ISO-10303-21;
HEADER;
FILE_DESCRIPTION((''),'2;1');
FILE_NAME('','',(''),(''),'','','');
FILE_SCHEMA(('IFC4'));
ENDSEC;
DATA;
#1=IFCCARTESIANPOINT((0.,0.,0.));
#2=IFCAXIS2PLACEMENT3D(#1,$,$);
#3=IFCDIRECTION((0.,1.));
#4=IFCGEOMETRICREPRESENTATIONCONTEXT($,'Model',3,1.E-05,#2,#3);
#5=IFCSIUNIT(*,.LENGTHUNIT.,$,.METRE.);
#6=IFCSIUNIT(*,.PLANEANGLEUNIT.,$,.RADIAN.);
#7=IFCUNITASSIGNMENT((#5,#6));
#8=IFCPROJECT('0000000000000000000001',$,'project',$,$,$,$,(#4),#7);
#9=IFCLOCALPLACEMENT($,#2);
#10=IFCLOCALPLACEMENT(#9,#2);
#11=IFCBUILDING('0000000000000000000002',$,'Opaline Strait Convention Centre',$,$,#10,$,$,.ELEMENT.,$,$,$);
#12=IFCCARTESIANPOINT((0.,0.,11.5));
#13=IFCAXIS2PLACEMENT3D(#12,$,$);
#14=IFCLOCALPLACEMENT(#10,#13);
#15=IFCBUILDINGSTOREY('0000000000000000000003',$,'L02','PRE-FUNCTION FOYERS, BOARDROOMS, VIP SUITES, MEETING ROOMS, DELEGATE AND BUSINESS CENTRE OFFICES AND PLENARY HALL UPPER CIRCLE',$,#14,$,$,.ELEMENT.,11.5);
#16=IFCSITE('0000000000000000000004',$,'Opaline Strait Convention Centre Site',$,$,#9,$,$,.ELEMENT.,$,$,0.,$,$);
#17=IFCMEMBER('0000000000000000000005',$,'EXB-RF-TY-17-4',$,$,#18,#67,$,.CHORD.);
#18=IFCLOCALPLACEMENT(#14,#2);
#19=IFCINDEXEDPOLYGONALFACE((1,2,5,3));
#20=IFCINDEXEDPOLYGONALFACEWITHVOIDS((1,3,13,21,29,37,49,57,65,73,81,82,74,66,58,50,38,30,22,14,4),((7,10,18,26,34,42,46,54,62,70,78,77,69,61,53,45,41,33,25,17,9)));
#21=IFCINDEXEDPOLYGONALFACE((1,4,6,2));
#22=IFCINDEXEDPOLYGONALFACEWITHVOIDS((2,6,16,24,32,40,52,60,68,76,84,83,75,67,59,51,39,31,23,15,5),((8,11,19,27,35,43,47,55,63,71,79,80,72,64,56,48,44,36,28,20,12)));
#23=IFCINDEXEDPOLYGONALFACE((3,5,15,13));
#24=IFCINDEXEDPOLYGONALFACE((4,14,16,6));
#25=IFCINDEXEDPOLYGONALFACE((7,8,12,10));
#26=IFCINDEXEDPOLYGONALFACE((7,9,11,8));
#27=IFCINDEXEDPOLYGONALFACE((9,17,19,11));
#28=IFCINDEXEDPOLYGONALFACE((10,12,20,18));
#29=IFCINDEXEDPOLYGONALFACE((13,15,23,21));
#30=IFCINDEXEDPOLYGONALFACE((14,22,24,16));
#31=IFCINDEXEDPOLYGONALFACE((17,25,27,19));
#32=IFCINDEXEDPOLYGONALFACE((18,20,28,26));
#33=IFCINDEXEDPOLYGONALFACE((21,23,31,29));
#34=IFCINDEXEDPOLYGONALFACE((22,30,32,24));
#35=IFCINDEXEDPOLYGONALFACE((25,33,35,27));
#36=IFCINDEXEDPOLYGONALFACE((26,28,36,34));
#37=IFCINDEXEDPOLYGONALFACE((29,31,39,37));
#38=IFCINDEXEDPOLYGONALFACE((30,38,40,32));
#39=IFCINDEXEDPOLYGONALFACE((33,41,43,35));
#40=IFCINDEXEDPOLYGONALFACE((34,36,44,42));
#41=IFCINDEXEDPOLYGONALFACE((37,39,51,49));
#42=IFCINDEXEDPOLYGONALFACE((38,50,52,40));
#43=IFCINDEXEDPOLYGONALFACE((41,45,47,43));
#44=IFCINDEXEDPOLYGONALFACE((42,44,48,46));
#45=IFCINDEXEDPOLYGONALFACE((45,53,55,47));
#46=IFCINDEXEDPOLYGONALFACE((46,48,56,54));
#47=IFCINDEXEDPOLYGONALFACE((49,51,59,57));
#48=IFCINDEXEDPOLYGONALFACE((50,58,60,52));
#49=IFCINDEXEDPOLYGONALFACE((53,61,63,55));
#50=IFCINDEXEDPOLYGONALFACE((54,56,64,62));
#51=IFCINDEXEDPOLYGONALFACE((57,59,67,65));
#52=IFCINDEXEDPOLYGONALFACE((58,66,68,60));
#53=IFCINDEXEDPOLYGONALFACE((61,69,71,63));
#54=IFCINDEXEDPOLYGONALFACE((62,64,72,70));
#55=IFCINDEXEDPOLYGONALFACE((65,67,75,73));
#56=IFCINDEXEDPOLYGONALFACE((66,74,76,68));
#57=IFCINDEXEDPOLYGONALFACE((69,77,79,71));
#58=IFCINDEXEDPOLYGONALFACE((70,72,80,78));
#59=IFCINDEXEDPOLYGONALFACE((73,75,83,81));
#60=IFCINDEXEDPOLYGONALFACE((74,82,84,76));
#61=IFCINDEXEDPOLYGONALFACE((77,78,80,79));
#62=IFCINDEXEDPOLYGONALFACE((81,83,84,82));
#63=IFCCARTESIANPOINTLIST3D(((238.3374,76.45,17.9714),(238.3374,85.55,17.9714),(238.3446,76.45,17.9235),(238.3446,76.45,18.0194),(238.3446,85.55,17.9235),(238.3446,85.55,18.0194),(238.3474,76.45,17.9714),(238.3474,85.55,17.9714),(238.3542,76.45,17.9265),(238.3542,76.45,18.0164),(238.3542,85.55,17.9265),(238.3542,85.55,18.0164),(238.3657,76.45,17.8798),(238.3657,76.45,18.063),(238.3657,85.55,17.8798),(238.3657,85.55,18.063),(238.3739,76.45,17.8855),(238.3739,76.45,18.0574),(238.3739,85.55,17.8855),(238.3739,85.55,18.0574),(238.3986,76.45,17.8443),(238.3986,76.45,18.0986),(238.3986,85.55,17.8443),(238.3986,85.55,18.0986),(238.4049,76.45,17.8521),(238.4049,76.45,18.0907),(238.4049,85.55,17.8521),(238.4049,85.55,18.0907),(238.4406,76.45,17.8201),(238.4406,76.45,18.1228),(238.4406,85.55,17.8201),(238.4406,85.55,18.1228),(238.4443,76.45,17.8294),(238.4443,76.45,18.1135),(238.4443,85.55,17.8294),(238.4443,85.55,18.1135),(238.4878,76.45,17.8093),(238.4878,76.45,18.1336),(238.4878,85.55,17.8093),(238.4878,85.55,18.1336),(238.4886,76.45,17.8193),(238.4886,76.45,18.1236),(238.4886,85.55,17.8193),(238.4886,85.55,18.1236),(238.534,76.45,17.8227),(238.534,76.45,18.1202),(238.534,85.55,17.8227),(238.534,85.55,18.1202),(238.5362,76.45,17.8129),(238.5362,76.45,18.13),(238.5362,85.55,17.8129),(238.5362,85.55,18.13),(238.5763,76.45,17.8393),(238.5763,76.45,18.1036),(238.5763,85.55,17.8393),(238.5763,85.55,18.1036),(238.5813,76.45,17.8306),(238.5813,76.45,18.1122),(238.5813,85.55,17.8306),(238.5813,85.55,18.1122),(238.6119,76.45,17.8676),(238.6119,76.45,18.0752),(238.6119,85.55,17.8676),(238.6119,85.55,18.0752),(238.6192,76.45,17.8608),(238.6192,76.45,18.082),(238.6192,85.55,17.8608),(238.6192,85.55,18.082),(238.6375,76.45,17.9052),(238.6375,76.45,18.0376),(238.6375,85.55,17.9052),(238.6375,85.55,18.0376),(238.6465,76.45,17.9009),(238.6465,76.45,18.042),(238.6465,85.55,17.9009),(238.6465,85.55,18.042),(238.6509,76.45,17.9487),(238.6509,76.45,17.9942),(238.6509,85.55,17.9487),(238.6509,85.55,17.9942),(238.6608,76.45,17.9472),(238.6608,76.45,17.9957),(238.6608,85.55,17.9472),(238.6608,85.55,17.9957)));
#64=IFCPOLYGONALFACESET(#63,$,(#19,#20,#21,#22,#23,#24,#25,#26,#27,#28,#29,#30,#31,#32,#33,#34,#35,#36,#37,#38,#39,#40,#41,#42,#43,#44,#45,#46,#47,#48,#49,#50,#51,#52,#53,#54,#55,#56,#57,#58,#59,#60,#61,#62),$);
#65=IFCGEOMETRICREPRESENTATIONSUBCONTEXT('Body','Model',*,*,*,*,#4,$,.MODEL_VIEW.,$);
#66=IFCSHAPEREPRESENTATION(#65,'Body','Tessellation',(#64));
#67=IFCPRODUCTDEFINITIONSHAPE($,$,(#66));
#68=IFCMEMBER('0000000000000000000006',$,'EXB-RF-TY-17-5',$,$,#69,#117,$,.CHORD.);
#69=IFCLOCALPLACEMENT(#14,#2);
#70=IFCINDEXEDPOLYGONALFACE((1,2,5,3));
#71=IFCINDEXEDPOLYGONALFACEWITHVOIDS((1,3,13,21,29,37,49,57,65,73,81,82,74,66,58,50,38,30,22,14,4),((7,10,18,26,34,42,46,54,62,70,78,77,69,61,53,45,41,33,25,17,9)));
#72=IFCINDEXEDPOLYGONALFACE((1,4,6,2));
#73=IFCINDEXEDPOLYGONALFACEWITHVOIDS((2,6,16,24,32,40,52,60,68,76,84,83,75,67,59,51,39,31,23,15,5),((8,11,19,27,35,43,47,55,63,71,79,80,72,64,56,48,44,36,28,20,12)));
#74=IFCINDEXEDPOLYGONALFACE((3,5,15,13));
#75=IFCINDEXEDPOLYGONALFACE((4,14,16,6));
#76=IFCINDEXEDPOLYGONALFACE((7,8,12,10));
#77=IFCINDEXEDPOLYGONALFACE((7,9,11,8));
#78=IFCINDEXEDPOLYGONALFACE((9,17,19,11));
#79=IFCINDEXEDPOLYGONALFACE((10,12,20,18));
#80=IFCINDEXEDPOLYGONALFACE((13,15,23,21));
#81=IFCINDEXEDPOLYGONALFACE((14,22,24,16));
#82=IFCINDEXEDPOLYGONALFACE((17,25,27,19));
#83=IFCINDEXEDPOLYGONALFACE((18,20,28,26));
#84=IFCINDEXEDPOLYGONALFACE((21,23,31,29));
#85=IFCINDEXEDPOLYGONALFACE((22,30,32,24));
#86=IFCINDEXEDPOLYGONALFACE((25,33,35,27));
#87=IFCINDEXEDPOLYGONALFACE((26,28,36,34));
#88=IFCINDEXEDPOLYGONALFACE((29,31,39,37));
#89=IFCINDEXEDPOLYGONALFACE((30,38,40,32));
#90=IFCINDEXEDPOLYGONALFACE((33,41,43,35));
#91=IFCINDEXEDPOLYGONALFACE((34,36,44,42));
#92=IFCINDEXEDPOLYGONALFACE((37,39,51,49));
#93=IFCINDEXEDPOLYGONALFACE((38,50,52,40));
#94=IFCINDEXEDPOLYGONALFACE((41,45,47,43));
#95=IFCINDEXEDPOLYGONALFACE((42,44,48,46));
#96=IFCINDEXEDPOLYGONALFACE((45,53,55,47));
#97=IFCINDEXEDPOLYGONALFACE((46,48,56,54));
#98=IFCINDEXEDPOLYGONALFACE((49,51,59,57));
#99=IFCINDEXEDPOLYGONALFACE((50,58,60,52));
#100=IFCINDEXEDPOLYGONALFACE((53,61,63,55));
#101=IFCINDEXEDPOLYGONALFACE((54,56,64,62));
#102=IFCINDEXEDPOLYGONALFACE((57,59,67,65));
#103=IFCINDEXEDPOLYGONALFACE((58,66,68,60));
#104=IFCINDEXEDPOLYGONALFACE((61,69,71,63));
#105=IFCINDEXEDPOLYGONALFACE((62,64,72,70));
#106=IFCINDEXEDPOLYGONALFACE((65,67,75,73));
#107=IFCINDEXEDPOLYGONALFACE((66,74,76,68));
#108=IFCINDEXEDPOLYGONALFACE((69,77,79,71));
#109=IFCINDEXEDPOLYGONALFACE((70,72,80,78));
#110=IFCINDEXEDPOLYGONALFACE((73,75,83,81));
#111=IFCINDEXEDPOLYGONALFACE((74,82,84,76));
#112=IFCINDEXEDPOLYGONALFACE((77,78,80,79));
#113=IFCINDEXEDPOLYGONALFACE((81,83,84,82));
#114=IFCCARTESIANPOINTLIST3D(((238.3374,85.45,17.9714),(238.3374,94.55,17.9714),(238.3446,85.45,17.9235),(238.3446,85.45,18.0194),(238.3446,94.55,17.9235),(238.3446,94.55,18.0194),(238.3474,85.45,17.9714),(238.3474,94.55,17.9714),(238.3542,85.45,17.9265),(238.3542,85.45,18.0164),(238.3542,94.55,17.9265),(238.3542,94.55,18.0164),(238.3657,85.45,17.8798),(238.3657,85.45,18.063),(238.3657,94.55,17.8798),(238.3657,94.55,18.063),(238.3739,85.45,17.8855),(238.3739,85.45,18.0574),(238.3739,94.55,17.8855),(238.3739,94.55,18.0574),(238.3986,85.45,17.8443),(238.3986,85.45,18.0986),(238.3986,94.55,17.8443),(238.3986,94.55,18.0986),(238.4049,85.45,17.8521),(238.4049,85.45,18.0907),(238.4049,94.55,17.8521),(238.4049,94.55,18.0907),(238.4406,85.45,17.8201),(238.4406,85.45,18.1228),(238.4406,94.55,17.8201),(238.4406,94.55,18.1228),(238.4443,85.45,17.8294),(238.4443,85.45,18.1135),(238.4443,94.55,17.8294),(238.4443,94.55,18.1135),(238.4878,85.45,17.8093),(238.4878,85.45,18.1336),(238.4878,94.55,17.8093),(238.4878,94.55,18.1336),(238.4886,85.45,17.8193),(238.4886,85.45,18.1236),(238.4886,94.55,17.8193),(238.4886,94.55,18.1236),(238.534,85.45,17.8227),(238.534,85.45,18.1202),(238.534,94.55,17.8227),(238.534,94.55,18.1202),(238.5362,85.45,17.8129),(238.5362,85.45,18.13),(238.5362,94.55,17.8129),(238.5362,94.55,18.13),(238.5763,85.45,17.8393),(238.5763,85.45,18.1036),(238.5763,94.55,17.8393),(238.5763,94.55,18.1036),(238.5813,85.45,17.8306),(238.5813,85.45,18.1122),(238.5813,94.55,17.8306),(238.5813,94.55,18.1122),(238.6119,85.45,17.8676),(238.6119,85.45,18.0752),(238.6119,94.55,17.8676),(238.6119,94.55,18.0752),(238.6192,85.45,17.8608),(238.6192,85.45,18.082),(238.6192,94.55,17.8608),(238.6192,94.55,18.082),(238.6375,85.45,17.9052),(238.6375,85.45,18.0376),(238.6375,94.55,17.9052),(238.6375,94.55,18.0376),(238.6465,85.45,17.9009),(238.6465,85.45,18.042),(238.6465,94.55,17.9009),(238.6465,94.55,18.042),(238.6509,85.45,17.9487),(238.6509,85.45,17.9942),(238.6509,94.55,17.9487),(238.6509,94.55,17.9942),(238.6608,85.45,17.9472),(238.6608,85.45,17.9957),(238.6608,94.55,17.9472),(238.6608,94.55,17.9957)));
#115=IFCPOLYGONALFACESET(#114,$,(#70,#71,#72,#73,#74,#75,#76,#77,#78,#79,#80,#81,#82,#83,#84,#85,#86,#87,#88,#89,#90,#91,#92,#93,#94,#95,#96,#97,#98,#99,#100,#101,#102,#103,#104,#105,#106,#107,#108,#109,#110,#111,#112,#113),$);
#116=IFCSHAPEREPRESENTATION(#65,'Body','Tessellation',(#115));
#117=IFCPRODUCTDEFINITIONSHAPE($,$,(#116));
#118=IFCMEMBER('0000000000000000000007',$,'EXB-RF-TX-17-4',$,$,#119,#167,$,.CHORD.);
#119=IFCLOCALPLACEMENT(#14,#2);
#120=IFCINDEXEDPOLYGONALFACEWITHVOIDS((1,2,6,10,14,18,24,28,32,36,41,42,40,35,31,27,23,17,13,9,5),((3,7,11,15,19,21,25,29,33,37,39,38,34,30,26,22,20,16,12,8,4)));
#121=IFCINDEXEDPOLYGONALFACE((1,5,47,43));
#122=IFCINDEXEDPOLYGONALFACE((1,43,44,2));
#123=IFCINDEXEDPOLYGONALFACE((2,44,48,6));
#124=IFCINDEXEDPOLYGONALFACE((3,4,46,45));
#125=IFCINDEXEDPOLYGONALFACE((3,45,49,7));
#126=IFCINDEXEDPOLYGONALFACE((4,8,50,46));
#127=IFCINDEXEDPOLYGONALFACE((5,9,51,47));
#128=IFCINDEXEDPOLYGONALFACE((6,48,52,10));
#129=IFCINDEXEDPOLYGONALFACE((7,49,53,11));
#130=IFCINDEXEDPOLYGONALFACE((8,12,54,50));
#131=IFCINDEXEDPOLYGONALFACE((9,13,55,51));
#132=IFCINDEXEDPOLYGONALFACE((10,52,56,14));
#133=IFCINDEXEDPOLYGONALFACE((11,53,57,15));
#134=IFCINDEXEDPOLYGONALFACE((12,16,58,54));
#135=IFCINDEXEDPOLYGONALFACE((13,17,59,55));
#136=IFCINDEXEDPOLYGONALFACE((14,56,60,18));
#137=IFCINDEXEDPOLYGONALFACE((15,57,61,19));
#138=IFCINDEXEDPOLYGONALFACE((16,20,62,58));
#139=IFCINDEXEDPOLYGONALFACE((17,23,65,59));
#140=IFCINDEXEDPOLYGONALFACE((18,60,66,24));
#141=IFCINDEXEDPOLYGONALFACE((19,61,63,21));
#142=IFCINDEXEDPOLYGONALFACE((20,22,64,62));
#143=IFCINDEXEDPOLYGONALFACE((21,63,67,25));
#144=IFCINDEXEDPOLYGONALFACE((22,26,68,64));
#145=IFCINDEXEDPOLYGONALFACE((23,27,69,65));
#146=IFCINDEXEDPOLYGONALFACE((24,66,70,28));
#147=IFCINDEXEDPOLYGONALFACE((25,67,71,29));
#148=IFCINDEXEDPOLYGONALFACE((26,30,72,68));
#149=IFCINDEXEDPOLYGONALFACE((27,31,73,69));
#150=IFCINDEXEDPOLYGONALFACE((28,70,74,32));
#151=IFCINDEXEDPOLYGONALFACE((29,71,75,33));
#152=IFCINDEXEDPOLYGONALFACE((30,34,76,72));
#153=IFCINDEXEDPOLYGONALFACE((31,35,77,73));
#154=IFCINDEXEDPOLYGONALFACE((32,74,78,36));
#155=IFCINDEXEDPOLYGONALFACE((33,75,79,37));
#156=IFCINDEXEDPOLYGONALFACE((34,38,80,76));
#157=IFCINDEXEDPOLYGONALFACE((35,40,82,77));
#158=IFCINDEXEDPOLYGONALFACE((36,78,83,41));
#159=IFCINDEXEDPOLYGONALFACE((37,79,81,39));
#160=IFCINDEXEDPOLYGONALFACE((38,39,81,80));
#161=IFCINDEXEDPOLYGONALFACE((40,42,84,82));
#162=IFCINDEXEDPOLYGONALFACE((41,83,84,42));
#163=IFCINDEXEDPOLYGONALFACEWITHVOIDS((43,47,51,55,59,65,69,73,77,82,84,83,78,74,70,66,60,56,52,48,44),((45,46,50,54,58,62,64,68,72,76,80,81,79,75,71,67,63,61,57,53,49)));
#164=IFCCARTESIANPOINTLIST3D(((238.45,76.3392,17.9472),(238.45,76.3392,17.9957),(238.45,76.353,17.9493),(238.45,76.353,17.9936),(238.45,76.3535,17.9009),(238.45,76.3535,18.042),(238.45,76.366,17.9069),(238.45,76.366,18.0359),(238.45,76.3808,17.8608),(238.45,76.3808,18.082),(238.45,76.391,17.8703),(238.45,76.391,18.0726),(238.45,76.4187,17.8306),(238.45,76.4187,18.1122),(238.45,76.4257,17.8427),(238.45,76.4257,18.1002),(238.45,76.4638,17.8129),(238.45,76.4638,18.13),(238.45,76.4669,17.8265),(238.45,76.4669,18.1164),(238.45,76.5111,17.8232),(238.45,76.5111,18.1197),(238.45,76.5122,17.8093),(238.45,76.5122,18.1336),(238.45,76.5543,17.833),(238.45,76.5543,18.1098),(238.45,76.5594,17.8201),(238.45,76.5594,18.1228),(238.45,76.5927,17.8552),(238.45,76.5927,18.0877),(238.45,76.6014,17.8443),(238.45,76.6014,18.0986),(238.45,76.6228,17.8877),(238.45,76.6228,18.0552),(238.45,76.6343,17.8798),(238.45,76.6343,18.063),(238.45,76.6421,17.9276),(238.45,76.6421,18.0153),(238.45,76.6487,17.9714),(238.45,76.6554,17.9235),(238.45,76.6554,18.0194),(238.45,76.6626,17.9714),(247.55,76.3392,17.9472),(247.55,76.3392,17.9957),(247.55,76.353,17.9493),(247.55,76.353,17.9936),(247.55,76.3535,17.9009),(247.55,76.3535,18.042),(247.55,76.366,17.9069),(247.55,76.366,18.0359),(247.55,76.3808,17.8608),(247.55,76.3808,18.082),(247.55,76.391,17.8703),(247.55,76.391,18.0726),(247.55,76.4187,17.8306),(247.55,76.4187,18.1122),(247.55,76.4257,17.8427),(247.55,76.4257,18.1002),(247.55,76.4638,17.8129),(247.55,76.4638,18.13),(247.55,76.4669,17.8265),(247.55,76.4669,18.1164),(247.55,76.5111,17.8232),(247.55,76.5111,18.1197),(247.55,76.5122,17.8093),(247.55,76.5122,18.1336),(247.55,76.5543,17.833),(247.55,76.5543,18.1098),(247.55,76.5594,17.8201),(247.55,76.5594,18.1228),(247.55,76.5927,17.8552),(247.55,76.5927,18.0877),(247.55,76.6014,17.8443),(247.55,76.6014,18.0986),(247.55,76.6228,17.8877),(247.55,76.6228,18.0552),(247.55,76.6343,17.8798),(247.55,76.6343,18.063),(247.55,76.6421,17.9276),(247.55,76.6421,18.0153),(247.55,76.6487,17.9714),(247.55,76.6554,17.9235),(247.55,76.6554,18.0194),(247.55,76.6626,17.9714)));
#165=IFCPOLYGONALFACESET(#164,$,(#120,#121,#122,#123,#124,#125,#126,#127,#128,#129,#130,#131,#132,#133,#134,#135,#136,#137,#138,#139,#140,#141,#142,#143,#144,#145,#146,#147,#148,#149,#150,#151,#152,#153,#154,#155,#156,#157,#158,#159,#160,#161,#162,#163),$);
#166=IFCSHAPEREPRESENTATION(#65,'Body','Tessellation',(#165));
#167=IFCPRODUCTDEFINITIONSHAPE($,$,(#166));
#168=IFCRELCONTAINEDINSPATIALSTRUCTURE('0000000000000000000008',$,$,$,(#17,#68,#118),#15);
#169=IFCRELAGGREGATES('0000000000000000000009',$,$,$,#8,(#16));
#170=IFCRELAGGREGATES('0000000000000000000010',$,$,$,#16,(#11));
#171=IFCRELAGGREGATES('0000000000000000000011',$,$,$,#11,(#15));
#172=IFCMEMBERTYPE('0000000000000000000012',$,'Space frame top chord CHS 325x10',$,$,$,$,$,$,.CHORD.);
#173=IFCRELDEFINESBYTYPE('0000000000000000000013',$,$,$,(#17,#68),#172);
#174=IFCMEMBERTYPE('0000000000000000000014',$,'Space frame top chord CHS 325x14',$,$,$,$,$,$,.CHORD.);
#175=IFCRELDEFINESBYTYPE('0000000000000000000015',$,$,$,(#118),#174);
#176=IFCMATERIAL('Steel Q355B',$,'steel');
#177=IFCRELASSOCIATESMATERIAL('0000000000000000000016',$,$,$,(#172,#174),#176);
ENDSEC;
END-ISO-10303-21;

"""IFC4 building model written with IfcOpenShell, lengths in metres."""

from ifc_helpers import new_model, si_unit, direction, frame, origin, origin_2d, place, context, subcontext, project, spatial, hollow_circle, extrude, material, material_profile, profile_set, type_object, element, save


model = new_model("IFC4")

# Units and contexts
model_context = context("Model", 3, precision=1e-05, world=origin(), true_north=direction((0.0, 1.0)))
body_context = subcontext(model_context, "Body", "Model", "MODEL_VIEW")
ifc_project = project(units=[si_unit("LENGTHUNIT", "METRE"), si_unit("PLANEANGLEUNIT", "RADIAN")], contexts=[model_context])

# Site, building, storey
site_placement = place(None, origin())
site = spatial("IfcSite", under=ifc_project, at=site_placement, Name="Opaline Strait Convention Centre Site", CompositionType="ELEMENT", RefElevation=0.0)
building_placement = place(site_placement, origin())
building = spatial("IfcBuilding", under=site, at=building_placement, Name="Opaline Strait Convention Centre", CompositionType="ELEMENT")
storey_placement = place(building_placement, frame((0.0, 0.0, 11.5)))
storey = spatial("IfcBuildingStorey", under=building, at=storey_placement, Name="L02", Description="PRE-FUNCTION FOYERS, BOARDROOMS, VIP SUITES, MEETING ROOMS, DELEGATE AND BUSINESS CENTRE OFFICES AND PLENARY HALL UPPER CIRCLE", CompositionType="ELEMENT", Elevation=11.5)

# Members
ifc_material = material(Name="Steel Q355B", Category="steel")
ifc_material_profile_1 = material_profile(ifc_material, hollow_circle(Radius=0.1626, WallThickness=0.01, at=origin_2d()), Name="CHS 325x10")
ifc_profile_set_1 = profile_set([ifc_material_profile_1], Name="Steel Q355B")
member_type_1 = type_object("IfcMemberType", Name="Space frame top chord CHS 325x10", PredefinedType="CHORD", material=ifc_profile_set_1)
for number, where, z_axis, x_axis, name in (
    (1, (238.5, 76.45, 17.9714), (0.0, 1.0, 0.0), (-1.0, 0.0, 0.0), "EXB-RF-TY-17-4"),
    (2, (238.5, 85.45, 17.9714), (0.0, 1.0, 0.0), (-1.0, 0.0, 0.0), "EXB-RF-TY-17-5"),
):
    element("IfcMember", number, at=place(storey_placement, frame(where, z_axis=z_axis, x_axis=x_axis)), inside=storey, type_object=member_type_1, Name=name, PredefinedType="CHORD", context=body_context, shape_type="SweptSolid", body=[
        extrude(hollow_circle(Radius=0.1626, WallThickness=0.01, at=origin_2d()), origin(), (0.0, 0.0, 1.0), 9.1001),
    ])
ifc_material_profile_2 = material_profile(ifc_material, hollow_circle(Radius=0.1626, WallThickness=0.0139, at=origin_2d()), Name="CHS 325x14")
ifc_profile_set_2 = profile_set([ifc_material_profile_2], Name="Steel Q355B")
member_type_2 = type_object("IfcMemberType", Name="Space frame top chord CHS 325x14", PredefinedType="CHORD", material=ifc_profile_set_2)
member_1_placement = place(storey_placement, frame((238.45, 76.5, 17.9714), z_axis=(1.0, 0.0, 0.0), x_axis=(0.0, 1.0, 0.0)))
element("IfcMember", 3, at=member_1_placement, inside=storey, type_object=member_type_2, Name="EXB-RF-TX-17-4", PredefinedType="CHORD", context=body_context, shape_type="SweptSolid", body=[
    extrude(hollow_circle(Radius=0.1626, WallThickness=0.0139, at=origin_2d()), origin(), (0.0, 0.0, 1.0), 9.1001),
])

save(model, "model.ifc")
